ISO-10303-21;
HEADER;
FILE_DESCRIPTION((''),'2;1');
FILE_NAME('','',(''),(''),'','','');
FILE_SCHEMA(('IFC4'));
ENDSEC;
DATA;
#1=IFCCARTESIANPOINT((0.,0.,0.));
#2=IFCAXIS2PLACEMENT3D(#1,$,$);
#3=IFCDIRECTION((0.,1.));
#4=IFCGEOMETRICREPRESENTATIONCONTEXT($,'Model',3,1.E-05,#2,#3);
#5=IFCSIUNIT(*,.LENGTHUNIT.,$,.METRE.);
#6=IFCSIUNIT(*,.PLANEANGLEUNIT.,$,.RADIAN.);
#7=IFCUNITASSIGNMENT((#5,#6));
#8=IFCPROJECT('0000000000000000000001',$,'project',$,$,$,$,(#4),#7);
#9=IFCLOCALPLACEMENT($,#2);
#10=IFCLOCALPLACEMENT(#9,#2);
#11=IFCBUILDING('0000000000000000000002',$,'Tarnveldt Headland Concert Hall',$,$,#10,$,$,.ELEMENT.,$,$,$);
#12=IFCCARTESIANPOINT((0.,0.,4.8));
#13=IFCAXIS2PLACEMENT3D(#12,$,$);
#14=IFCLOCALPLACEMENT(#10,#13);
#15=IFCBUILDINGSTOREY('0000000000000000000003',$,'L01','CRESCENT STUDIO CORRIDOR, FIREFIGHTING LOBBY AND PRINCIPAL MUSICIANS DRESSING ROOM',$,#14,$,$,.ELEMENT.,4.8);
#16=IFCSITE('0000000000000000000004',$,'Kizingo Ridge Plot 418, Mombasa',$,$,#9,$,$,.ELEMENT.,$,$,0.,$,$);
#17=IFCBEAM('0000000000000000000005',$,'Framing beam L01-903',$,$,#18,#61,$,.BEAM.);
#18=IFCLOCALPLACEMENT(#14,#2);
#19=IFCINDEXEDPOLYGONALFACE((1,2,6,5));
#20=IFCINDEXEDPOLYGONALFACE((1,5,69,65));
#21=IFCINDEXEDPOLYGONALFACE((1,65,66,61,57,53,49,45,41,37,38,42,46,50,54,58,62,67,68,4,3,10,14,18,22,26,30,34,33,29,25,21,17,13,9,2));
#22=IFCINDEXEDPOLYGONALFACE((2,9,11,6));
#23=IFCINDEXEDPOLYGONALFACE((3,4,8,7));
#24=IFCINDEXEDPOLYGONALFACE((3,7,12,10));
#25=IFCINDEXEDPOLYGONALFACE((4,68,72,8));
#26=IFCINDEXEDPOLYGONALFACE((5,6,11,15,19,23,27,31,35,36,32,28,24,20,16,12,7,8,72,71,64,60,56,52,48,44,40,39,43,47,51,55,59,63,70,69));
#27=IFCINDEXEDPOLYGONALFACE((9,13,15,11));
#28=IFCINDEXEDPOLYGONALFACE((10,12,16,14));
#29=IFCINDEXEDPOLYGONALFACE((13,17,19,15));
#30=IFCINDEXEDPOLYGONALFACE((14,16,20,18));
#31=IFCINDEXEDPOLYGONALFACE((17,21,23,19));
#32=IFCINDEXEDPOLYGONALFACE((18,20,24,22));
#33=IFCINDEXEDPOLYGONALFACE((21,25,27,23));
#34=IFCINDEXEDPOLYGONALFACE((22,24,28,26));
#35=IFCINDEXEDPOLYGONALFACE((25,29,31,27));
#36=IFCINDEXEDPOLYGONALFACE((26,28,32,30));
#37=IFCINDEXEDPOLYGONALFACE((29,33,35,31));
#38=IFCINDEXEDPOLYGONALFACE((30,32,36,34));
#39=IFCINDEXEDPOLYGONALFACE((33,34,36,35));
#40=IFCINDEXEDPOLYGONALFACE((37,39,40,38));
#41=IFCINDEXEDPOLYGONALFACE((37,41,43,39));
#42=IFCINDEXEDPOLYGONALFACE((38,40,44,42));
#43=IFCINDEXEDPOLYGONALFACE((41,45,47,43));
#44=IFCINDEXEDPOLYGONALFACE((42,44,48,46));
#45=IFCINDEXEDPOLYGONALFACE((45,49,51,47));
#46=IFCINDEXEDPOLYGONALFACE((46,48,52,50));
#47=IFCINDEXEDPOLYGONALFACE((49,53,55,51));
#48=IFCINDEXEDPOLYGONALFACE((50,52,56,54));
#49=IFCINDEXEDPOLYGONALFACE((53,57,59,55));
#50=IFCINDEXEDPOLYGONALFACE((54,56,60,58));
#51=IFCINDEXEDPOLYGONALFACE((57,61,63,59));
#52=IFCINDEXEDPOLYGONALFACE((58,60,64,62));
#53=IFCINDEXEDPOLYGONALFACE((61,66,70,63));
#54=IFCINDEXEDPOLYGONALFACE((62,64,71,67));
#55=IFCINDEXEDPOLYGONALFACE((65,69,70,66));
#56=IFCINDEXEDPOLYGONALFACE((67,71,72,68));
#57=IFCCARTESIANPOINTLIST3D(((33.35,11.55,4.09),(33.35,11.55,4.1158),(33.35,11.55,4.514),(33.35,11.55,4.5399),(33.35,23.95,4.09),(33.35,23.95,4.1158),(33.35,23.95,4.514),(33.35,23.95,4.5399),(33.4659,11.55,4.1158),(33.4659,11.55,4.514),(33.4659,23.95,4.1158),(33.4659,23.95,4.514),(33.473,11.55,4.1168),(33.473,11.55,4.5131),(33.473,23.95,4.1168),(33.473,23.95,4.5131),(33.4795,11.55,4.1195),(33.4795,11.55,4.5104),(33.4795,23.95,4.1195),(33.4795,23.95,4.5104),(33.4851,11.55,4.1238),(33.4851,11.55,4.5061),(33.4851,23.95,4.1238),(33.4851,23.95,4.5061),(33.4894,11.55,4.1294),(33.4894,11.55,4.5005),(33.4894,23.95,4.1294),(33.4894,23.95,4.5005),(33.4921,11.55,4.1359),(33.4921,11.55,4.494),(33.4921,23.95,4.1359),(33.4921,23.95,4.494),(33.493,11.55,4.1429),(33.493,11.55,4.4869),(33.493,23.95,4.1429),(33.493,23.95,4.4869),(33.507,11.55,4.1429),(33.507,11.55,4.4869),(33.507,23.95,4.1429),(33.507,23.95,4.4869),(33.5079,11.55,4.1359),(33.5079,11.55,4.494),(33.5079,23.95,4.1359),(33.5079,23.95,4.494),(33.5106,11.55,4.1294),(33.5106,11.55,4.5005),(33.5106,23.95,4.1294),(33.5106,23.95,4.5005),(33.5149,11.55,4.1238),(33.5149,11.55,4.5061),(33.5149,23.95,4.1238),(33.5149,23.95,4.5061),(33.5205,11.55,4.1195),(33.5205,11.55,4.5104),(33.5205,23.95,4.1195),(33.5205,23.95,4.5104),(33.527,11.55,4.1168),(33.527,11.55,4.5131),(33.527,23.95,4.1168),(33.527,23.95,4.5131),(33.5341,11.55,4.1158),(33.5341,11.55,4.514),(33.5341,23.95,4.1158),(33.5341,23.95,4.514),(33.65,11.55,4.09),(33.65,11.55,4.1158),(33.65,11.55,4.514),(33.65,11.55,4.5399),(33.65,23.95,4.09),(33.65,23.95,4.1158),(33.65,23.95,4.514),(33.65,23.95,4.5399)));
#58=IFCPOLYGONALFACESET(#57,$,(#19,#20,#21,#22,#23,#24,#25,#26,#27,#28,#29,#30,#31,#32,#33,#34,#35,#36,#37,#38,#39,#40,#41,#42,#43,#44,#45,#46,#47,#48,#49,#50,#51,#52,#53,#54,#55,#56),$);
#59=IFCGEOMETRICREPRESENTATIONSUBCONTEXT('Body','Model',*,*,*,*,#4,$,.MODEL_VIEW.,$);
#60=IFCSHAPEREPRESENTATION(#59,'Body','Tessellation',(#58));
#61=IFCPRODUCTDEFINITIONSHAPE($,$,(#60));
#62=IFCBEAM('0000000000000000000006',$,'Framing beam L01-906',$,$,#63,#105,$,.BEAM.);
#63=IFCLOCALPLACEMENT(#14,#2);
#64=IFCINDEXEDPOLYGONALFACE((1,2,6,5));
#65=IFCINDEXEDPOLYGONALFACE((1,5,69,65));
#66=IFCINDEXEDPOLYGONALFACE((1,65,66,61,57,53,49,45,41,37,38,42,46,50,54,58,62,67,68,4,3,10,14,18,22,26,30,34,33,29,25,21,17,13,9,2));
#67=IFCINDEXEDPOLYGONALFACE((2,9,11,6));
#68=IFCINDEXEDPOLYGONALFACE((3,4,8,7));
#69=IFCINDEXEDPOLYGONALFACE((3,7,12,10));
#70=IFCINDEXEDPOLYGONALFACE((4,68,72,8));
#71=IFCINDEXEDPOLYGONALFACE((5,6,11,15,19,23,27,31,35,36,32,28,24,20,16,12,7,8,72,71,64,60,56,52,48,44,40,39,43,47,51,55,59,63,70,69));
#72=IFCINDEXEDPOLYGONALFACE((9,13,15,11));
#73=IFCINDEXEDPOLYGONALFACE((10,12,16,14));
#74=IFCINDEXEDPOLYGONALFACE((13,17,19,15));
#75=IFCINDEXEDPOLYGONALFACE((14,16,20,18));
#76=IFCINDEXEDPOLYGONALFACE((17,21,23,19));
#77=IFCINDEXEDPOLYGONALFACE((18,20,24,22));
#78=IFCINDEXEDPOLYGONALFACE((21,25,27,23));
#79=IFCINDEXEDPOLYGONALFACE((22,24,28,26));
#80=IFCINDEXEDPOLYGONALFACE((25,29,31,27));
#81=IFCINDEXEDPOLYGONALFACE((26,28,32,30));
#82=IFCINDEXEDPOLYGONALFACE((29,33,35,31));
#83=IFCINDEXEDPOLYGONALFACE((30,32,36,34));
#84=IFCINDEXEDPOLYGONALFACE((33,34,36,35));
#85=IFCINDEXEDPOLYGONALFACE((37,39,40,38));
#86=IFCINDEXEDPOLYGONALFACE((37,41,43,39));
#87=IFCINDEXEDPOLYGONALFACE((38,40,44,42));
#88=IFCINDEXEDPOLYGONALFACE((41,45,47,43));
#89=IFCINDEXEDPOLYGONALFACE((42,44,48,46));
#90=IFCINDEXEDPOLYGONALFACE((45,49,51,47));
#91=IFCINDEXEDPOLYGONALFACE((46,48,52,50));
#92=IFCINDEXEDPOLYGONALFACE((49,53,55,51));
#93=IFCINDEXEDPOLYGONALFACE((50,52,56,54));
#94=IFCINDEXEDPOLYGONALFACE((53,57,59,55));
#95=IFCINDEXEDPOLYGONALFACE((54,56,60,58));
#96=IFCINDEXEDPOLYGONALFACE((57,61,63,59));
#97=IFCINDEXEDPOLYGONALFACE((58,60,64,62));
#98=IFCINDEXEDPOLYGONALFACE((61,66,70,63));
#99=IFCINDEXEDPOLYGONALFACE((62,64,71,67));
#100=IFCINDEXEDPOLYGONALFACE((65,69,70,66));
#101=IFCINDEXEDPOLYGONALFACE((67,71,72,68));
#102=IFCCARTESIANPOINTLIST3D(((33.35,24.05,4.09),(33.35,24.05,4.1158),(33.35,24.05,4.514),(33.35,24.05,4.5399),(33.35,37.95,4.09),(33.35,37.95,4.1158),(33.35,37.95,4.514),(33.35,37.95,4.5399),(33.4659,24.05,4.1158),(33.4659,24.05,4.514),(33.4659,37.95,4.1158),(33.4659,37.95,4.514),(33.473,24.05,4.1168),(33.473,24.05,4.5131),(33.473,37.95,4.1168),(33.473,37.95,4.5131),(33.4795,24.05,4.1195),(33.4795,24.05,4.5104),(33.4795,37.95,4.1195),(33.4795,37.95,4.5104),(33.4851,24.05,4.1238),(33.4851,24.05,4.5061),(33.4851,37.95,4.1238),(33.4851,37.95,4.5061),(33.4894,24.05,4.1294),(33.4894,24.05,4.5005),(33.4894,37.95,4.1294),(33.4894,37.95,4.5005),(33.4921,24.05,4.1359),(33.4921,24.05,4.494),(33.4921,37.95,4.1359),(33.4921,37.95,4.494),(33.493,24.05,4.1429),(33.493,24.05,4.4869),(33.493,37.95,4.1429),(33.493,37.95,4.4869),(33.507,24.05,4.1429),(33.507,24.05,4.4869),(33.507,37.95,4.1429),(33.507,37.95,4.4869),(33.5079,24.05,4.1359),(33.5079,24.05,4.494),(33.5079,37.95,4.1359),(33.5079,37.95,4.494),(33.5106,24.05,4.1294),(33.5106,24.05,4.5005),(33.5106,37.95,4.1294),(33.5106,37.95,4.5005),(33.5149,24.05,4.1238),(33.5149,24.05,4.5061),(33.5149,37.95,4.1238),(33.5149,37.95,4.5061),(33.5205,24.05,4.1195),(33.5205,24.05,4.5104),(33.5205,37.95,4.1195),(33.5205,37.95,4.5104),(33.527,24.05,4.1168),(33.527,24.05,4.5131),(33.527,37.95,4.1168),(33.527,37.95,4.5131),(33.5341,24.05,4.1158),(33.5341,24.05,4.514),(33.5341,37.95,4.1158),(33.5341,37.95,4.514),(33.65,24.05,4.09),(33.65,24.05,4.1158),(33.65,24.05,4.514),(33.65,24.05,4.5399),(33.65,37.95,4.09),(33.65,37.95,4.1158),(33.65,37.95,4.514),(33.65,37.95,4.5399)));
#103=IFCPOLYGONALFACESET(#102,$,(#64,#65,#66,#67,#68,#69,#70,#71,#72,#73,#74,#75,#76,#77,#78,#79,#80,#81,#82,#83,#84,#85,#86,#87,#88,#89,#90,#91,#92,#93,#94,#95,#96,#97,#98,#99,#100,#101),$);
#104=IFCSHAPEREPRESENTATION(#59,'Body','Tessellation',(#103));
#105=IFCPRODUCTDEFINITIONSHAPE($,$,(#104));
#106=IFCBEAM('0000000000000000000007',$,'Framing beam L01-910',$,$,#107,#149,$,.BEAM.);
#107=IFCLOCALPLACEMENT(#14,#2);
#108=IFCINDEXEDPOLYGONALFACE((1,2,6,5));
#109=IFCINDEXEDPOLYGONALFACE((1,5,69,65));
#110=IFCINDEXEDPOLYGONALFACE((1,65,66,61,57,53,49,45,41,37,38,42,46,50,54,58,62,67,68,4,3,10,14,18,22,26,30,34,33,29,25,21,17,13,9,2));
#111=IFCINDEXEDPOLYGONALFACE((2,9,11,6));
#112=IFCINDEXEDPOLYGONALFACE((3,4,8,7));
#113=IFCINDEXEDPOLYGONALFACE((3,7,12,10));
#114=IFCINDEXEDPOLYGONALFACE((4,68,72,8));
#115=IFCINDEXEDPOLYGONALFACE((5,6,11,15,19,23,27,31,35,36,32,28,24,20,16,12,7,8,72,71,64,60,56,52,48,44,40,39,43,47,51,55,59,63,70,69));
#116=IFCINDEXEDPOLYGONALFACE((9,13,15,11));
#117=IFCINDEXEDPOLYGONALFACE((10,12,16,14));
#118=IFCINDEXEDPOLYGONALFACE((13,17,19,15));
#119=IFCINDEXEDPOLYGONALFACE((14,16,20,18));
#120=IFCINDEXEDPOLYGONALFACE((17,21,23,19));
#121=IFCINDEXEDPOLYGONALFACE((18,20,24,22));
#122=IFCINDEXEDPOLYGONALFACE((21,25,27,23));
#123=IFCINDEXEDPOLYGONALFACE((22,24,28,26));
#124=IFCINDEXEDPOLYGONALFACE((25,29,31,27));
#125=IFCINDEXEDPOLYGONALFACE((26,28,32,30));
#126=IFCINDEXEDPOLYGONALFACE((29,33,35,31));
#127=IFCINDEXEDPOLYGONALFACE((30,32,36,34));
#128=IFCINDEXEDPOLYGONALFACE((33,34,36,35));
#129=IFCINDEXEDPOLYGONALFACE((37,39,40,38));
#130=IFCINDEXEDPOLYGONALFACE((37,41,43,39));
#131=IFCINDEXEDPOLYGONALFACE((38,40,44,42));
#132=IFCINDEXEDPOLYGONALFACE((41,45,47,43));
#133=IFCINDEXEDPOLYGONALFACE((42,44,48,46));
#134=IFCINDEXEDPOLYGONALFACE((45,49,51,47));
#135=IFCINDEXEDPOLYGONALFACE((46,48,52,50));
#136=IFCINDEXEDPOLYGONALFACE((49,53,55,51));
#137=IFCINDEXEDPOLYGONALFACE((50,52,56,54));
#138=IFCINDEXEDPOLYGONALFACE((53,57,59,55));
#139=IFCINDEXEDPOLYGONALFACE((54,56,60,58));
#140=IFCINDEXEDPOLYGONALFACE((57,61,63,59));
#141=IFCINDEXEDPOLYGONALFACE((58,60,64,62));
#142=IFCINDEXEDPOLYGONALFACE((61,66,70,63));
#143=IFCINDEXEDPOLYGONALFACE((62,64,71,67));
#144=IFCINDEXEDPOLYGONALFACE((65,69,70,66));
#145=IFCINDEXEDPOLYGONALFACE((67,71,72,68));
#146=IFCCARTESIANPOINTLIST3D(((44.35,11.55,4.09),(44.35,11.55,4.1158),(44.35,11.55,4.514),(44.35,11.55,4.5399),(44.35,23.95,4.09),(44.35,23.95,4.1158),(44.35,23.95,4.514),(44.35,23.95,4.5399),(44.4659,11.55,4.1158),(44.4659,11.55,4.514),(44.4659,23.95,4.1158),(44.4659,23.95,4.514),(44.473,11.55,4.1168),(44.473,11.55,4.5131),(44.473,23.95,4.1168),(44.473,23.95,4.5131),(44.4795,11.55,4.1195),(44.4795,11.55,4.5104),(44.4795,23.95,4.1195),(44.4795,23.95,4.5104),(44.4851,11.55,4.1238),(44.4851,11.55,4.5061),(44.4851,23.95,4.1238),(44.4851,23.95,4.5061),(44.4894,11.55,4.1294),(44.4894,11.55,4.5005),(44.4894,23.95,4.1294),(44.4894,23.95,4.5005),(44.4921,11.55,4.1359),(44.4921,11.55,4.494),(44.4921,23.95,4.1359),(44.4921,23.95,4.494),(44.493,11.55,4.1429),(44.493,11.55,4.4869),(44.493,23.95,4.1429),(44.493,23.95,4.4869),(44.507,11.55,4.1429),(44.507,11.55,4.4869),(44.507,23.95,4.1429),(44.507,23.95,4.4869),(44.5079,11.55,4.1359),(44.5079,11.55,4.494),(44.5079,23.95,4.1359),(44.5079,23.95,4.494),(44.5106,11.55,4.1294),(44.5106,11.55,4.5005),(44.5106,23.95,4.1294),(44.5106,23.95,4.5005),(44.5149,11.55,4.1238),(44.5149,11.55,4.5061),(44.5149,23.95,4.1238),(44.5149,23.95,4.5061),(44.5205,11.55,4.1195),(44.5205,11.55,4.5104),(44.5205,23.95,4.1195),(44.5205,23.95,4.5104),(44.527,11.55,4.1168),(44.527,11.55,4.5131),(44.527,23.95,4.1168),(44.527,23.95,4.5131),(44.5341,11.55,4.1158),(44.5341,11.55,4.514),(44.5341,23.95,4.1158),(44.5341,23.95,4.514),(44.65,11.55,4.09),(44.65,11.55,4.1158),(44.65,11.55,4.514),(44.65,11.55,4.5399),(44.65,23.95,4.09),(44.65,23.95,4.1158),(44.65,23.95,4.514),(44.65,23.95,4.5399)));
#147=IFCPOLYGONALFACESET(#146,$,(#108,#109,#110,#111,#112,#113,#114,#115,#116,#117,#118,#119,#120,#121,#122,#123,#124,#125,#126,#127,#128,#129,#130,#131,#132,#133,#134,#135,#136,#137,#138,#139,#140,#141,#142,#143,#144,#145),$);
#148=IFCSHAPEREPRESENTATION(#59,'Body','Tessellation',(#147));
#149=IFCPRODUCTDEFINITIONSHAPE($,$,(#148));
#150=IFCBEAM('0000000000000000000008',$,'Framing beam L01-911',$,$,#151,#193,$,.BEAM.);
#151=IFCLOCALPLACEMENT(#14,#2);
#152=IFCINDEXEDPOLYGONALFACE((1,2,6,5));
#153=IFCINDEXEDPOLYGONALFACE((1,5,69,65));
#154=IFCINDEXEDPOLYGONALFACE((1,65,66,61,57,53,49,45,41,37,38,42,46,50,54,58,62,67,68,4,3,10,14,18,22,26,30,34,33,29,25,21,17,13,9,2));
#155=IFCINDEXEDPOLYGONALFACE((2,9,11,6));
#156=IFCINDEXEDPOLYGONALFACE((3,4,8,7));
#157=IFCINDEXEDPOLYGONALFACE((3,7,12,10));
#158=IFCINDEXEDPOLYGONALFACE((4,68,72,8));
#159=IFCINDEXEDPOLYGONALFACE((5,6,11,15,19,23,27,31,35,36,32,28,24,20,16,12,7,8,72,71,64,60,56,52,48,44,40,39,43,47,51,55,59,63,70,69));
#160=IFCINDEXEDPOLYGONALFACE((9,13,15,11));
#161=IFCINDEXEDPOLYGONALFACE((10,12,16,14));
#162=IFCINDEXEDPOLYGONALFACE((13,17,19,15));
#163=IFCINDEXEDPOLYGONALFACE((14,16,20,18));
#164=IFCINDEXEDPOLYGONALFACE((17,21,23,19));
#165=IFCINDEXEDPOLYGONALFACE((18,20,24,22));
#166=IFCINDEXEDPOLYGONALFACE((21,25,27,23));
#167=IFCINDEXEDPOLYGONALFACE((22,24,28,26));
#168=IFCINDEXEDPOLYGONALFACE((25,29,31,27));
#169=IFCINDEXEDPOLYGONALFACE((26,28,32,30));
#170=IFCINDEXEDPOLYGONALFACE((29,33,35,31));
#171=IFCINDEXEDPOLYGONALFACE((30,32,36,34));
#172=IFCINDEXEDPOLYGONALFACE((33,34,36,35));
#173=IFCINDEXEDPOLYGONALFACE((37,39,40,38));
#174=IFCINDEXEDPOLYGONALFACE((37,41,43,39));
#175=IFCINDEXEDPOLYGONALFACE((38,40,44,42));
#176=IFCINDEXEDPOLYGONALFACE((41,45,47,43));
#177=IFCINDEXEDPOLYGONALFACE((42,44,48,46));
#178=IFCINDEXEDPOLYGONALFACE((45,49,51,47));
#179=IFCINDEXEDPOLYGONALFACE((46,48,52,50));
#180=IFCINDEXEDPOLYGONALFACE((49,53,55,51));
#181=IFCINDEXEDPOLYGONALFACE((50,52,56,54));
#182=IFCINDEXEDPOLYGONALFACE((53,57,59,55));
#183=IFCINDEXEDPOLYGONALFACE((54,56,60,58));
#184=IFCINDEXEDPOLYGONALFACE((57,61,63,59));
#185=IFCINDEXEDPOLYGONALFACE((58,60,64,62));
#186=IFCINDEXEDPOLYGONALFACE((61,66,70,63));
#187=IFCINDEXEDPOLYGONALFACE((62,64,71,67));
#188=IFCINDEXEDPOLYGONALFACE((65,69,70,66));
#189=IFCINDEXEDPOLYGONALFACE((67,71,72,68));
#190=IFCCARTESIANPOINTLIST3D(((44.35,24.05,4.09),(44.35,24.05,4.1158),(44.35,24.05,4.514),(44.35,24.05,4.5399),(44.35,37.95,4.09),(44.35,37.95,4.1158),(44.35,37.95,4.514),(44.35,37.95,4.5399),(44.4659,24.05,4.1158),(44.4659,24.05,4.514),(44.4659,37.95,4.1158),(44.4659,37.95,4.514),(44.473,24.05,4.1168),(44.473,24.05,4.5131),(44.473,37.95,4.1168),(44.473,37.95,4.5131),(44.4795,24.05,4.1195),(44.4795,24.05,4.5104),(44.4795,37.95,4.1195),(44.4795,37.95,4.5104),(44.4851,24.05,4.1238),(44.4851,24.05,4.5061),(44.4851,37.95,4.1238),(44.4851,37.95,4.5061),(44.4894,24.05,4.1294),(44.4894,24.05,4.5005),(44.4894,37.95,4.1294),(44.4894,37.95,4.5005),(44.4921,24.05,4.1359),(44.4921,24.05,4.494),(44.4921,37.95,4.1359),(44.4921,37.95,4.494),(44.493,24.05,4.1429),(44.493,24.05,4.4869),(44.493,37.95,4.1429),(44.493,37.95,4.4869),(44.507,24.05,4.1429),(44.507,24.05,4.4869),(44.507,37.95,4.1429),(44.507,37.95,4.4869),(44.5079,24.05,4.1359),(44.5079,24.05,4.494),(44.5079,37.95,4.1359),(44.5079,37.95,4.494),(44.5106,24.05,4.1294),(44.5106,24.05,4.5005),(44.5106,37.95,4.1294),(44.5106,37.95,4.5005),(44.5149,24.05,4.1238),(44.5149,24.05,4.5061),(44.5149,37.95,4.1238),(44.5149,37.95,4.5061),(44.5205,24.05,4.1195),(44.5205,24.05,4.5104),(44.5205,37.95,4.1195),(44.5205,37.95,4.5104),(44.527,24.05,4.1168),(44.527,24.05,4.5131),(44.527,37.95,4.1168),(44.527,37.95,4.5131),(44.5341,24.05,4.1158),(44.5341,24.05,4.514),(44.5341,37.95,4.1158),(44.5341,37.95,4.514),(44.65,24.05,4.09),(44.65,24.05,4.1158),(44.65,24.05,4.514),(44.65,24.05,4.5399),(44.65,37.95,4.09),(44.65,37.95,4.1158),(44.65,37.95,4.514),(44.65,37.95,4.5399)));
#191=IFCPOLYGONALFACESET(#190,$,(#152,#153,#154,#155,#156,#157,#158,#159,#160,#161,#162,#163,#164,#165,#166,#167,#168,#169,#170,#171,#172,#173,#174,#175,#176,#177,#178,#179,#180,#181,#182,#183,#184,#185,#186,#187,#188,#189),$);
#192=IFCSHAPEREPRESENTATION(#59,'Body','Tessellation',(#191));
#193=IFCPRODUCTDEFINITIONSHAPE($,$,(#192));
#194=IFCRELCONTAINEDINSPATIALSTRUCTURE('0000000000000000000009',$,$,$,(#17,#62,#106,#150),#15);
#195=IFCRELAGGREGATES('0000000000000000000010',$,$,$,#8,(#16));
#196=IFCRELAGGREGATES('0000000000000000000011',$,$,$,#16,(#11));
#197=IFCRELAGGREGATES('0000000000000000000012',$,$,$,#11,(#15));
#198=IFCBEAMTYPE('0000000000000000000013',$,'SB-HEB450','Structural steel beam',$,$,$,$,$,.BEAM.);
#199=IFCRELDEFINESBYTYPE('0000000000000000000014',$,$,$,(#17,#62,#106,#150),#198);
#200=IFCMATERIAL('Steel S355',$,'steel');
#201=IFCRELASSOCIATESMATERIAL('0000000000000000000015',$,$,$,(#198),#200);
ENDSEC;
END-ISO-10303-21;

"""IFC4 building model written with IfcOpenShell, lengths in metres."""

from ifc_helpers import new_model, si_unit, direction, frame, origin, origin_2d, place, context, subcontext, project, spatial, i_section, extrude, material, material_profile, profile_set, type_object, element, save


model = new_model("IFC4")

# Units and contexts
model_context = context("Model", 3, precision=1e-05, world=origin(), true_north=direction((0.0, 1.0)))
body_context = subcontext(model_context, "Body", "Model", "MODEL_VIEW")
ifc_project = project(units=[si_unit("LENGTHUNIT", "METRE"), si_unit("PLANEANGLEUNIT", "RADIAN")], contexts=[model_context])

# Site, building, storey
site_placement = place(None, origin())
site = spatial("IfcSite", under=ifc_project, at=site_placement, Name="Kizingo Ridge Plot 418, Mombasa", CompositionType="ELEMENT", RefElevation=0.0)
building_placement = place(site_placement, origin())
building = spatial("IfcBuilding", under=site, at=building_placement, Name="Tarnveldt Headland Concert Hall", CompositionType="ELEMENT")
storey_placement = place(building_placement, frame((0.0, 0.0, 4.8)))
storey = spatial("IfcBuildingStorey", under=building, at=storey_placement, Name="L01", Description="CRESCENT STUDIO CORRIDOR, FIREFIGHTING LOBBY AND PRINCIPAL MUSICIANS DRESSING ROOM", CompositionType="ELEMENT", Elevation=4.8)

# Shared definitions
ifc_material_1 = material(Name="Steel S355", Category="steel")

# Beams
ifc_material_profile_1 = material_profile(ifc_material_1, i_section(OverallWidth=0.3, OverallDepth=0.45, WebThickness=0.0139, FlangeThickness=0.0259, FilletRadius=0.0271, at=origin_2d()), Name="HEB450", Category="steel")
ifc_profile_set_1 = profile_set([ifc_material_profile_1], Name="Steel S355")
beam_type_1 = type_object("IfcBeamType", Name="SB-HEB450", Description="Structural steel beam", PredefinedType="BEAM", material=ifc_profile_set_1)
beam_1_placement = place(storey_placement, frame((33.5, 11.55, 4.3149), z_axis=(0.0, 1.0, 0.0), x_axis=(-1.0, 0.0, 0.0)))
element("IfcBeam", 1, at=beam_1_placement, inside=storey, type_object=beam_type_1, Name="Framing beam L01-903", PredefinedType="BEAM", context=body_context, shape_type="SweptSolid", body=[
    extrude(i_section(OverallWidth=0.3, OverallDepth=0.45, WebThickness=0.0139, FlangeThickness=0.0259, FilletRadius=0.0271, at=origin_2d()), origin(), (0.0, 0.0, 1.0), 12.3999),
])
beam_2_placement = place(storey_placement, frame((33.5, 24.05, 4.3149), z_axis=(0.0, 1.0, 0.0), x_axis=(-1.0, 0.0, 0.0)))
element("IfcBeam", 2, at=beam_2_placement, inside=storey, type_object=beam_type_1, Name="Framing beam L01-906", PredefinedType="BEAM", context=body_context, shape_type="SweptSolid", body=[
    extrude(i_section(OverallWidth=0.3, OverallDepth=0.45, WebThickness=0.0139, FlangeThickness=0.0259, FilletRadius=0.0271, at=origin_2d()), origin(), (0.0, 0.0, 1.0), 13.8999),
])
beam_3_placement = place(storey_placement, frame((44.5, 11.55, 4.3149), z_axis=(0.0, 1.0, 0.0), x_axis=(-1.0, 0.0, 0.0)))
element("IfcBeam", 3, at=beam_3_placement, inside=storey, type_object=beam_type_1, Name="Framing beam L01-910", PredefinedType="BEAM", context=body_context, shape_type="SweptSolid", body=[
    extrude(i_section(OverallWidth=0.3, OverallDepth=0.45, WebThickness=0.0139, FlangeThickness=0.0259, FilletRadius=0.0271, at=origin_2d()), origin(), (0.0, 0.0, 1.0), 12.3999),
])
beam_4_placement = place(storey_placement, frame((44.5, 24.05, 4.3149), z_axis=(0.0, 1.0, 0.0), x_axis=(-1.0, 0.0, 0.0)))
element("IfcBeam", 4, at=beam_4_placement, inside=storey, type_object=beam_type_1, Name="Framing beam L01-911", PredefinedType="BEAM", context=body_context, shape_type="SweptSolid", body=[
    extrude(i_section(OverallWidth=0.3, OverallDepth=0.45, WebThickness=0.0139, FlangeThickness=0.0259, FilletRadius=0.0271, at=origin_2d()), origin(), (0.0, 0.0, 1.0), 13.8999),
])

save(model, "model.ifc")
